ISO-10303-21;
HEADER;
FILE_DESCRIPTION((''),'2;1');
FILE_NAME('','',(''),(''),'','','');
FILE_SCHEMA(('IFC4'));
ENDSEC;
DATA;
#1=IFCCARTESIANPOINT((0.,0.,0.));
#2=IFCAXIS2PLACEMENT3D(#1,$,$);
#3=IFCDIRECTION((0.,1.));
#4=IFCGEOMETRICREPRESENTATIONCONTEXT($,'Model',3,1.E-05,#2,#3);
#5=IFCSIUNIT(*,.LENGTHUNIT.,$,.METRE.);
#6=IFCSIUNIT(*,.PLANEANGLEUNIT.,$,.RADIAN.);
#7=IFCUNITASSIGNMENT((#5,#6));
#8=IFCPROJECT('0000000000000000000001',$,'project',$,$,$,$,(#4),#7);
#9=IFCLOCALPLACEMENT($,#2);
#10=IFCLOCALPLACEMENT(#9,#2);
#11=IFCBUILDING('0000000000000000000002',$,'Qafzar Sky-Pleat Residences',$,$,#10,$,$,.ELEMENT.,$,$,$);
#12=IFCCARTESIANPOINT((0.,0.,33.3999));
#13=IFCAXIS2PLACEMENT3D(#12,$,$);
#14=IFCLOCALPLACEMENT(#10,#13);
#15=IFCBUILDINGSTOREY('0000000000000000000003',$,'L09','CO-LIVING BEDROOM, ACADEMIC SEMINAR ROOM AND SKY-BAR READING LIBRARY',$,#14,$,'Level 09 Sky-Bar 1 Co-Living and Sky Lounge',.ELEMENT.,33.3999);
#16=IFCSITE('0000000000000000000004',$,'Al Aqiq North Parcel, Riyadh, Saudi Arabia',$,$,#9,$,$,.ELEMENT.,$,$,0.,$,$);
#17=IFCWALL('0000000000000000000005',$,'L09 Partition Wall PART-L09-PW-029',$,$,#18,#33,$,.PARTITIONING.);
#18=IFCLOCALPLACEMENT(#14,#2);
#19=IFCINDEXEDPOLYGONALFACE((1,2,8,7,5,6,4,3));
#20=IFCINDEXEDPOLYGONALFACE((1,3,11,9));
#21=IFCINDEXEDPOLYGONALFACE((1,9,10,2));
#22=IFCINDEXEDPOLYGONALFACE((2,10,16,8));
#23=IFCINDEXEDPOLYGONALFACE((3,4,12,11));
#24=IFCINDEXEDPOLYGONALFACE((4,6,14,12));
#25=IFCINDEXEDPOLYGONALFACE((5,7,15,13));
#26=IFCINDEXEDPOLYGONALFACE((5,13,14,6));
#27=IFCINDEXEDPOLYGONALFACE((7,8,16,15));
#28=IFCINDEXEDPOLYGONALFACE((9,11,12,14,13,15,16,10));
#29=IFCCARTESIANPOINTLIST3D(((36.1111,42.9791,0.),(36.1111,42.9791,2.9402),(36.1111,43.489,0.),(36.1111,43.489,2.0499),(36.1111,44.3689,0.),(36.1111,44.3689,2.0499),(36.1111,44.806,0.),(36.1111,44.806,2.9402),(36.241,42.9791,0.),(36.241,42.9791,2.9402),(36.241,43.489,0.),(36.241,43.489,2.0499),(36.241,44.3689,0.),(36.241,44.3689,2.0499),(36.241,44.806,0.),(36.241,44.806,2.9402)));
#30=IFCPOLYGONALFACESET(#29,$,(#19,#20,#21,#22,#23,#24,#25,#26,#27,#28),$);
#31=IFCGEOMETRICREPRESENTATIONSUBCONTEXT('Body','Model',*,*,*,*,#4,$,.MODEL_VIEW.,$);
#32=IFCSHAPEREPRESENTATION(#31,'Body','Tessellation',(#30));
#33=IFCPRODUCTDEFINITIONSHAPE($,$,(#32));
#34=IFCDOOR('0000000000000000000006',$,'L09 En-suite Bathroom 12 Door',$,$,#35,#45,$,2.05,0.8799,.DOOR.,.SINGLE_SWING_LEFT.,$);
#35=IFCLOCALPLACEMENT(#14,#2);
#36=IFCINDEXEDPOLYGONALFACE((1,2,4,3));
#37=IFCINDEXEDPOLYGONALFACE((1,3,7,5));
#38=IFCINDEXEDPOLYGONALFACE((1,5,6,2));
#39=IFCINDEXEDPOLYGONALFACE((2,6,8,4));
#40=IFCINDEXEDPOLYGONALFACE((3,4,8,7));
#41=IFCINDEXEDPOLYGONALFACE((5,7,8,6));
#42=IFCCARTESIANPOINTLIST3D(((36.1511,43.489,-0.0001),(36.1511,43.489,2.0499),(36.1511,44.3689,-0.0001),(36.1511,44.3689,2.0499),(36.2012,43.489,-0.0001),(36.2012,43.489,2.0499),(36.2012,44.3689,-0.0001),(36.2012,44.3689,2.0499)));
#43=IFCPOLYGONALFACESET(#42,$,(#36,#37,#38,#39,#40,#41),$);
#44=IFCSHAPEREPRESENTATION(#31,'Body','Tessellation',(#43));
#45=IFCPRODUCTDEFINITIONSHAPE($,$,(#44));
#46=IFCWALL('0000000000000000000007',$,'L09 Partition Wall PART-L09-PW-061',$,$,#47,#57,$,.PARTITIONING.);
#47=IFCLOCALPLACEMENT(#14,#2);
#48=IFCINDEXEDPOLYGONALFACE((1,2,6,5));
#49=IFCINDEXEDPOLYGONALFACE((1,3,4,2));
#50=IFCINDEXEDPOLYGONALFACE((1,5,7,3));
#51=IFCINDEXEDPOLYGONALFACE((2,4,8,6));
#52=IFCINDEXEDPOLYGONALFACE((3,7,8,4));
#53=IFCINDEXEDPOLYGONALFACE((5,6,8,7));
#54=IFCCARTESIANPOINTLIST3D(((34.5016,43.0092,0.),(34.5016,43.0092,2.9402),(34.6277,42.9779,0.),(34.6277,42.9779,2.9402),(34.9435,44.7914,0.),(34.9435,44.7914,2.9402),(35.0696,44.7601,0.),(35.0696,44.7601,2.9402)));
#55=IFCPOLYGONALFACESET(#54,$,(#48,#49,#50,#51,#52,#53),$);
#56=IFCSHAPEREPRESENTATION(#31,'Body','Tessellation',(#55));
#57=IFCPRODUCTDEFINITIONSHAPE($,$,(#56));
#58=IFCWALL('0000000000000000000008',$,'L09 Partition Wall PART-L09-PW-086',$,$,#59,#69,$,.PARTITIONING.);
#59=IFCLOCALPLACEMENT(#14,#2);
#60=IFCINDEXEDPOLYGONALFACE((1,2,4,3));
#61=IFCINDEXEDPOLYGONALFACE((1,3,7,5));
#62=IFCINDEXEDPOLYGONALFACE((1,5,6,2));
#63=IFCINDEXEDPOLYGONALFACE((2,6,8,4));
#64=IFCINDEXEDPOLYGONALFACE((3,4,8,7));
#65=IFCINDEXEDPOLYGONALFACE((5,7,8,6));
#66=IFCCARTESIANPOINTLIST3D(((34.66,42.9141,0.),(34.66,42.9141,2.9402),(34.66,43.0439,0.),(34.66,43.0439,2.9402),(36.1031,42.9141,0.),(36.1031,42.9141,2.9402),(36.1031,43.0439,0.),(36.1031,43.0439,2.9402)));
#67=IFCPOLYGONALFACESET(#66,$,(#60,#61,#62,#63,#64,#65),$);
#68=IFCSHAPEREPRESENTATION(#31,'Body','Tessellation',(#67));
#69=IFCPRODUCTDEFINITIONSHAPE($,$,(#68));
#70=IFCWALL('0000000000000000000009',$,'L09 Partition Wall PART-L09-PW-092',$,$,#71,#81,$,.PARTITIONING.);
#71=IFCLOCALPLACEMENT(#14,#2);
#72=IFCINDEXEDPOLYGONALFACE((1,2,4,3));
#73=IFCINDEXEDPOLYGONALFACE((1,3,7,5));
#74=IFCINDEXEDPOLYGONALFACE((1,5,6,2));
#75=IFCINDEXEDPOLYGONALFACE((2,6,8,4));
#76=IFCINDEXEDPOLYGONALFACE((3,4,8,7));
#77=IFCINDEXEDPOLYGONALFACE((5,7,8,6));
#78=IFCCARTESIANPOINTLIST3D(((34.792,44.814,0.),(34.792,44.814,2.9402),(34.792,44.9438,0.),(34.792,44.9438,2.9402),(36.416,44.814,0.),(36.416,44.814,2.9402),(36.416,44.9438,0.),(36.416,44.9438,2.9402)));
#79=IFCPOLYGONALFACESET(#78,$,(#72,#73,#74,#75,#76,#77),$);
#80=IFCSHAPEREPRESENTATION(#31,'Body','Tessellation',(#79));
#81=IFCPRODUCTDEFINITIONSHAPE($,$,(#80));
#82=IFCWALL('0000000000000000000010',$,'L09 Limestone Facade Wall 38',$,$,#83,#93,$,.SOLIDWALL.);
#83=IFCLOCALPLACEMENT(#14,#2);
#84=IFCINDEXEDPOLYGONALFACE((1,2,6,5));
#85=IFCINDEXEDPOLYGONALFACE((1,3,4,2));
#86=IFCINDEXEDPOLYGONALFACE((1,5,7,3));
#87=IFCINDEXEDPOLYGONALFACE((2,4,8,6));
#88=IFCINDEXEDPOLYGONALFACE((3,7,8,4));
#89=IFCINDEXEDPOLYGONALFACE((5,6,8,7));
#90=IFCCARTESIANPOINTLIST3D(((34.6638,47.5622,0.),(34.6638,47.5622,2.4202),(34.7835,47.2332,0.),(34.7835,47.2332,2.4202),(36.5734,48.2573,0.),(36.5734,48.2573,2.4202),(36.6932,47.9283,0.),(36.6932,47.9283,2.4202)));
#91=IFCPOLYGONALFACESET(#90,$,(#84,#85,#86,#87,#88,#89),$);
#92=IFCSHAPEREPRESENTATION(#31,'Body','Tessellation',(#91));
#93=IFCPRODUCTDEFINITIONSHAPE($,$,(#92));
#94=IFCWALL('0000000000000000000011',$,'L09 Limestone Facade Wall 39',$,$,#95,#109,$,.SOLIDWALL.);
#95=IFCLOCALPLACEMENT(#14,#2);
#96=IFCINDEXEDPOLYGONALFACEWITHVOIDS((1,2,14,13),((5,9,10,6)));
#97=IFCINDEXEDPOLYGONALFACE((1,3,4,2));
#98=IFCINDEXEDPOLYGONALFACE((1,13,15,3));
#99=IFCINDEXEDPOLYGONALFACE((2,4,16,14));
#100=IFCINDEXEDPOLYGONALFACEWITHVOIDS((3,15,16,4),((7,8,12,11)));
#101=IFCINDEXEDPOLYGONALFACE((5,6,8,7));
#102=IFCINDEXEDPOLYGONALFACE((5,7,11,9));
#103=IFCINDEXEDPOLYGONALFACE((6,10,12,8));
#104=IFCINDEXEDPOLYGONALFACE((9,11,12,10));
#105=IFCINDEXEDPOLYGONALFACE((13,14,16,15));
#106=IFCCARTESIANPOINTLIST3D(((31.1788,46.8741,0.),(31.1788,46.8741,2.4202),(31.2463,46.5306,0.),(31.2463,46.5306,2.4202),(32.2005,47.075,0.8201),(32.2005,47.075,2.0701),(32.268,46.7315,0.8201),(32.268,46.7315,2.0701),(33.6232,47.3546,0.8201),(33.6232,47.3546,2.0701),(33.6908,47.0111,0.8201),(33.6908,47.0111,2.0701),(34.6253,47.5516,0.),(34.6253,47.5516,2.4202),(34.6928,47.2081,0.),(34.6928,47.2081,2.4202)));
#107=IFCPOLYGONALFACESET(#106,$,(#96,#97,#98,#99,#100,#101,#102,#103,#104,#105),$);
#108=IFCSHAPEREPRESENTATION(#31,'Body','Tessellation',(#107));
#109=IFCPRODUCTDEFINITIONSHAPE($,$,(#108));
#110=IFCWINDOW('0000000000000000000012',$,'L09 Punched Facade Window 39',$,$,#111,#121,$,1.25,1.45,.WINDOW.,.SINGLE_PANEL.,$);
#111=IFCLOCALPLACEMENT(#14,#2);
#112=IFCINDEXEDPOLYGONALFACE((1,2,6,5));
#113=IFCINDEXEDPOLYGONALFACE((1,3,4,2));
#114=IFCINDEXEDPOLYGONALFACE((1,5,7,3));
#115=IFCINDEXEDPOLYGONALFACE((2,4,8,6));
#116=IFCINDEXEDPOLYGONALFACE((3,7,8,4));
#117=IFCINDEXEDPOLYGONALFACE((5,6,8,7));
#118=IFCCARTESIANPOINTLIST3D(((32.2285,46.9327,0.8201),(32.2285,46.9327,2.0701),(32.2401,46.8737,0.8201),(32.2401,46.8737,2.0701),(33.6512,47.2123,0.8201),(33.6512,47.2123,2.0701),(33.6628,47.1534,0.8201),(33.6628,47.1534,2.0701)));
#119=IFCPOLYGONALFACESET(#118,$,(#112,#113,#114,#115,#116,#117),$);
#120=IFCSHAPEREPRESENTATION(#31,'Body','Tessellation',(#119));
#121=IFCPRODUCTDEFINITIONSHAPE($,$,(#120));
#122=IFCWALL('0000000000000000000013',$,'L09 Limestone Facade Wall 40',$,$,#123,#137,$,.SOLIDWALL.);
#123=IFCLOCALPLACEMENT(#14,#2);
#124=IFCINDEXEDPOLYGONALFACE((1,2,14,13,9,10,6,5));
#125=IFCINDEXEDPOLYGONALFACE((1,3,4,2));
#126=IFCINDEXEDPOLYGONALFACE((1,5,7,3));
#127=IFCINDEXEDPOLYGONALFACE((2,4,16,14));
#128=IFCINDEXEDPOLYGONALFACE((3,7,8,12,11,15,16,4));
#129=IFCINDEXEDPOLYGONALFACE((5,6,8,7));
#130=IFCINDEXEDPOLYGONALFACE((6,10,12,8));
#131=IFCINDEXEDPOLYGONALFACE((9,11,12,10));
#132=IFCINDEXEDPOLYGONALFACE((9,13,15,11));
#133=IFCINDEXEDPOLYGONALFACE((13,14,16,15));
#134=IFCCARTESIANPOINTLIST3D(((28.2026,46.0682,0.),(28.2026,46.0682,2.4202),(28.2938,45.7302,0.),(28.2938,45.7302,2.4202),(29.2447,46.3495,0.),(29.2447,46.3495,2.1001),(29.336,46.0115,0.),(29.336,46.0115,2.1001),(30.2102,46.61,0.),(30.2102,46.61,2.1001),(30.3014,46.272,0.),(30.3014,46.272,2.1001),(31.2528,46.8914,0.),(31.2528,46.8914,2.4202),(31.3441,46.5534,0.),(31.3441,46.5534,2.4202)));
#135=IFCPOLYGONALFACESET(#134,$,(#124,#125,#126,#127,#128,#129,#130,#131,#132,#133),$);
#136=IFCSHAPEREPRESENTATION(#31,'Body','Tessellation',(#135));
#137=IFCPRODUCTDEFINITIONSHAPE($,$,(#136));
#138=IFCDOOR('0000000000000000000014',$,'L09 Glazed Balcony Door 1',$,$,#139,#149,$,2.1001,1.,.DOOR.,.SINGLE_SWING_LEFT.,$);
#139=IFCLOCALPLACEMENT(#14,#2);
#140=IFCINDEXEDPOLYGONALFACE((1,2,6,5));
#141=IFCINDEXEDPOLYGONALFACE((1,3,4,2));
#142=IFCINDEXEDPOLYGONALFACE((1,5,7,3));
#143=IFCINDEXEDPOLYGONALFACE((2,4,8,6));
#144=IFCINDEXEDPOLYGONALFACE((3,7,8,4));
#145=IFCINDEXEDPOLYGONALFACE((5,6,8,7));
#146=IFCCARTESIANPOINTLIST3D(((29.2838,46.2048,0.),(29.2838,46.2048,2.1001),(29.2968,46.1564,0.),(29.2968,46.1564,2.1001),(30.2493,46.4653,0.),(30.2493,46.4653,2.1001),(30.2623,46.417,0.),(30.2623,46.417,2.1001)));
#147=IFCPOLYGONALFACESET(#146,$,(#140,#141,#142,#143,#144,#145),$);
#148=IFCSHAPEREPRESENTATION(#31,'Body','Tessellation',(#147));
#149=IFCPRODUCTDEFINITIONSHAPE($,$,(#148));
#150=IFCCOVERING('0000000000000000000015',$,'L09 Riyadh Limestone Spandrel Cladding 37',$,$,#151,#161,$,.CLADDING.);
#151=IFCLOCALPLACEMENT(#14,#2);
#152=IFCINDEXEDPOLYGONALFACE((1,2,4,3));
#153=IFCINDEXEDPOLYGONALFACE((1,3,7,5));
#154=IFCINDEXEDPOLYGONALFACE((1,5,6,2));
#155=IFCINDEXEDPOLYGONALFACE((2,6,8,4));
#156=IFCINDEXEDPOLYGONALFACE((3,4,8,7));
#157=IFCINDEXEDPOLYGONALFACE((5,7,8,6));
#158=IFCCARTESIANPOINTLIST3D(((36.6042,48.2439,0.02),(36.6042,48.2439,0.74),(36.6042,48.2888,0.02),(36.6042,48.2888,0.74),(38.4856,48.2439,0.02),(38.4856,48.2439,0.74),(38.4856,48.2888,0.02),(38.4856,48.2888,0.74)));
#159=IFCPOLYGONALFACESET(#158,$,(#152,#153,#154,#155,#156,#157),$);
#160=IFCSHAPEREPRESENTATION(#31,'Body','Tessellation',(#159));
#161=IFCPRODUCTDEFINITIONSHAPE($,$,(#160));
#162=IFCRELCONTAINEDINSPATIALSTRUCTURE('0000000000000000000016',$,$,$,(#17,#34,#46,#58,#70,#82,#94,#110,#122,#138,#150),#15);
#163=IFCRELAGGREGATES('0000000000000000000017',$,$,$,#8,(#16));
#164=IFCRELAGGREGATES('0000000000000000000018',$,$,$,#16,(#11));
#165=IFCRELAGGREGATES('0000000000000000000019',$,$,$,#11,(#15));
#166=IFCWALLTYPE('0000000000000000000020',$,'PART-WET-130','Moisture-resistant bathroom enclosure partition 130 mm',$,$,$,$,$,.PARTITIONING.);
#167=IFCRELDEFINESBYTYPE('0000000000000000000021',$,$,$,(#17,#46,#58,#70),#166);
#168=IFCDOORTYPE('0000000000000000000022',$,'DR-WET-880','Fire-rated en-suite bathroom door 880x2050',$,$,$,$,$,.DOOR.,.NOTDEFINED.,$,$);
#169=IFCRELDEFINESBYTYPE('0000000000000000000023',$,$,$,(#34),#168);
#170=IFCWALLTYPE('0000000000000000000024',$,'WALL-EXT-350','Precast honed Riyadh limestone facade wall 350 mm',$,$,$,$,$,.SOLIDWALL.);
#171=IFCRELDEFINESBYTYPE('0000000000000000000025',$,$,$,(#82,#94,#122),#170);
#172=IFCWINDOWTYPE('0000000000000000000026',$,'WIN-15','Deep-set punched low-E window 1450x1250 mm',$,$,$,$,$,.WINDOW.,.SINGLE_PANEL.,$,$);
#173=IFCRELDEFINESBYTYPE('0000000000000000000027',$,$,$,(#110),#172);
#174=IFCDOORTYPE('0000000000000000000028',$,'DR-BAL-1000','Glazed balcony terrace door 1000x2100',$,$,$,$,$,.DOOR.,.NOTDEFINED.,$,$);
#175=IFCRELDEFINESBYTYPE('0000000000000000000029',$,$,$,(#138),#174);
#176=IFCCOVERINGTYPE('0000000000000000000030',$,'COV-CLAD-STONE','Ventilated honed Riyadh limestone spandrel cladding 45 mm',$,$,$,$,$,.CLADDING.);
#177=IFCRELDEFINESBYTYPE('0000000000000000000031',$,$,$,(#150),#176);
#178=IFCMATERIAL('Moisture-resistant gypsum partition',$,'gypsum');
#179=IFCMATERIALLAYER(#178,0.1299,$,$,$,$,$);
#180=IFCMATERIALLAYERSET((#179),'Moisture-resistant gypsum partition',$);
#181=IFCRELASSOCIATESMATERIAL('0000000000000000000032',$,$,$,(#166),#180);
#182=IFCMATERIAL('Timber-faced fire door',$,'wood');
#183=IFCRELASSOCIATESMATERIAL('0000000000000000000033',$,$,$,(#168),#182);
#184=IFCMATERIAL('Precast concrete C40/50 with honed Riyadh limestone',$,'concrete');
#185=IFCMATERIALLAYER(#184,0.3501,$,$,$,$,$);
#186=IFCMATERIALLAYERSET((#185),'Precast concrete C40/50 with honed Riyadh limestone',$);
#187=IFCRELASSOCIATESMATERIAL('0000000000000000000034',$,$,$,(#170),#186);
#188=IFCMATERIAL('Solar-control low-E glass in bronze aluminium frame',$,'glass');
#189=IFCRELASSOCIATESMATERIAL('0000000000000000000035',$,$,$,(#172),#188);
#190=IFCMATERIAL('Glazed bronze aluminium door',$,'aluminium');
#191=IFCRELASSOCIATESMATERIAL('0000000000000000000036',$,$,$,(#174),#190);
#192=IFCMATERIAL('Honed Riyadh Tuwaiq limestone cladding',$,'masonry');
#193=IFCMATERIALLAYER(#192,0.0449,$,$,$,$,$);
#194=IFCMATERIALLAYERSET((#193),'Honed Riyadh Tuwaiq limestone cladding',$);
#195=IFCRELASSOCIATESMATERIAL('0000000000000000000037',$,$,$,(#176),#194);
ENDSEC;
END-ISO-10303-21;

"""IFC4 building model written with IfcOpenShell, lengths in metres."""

from ifc_helpers import new_model, si_unit, direction, frame, frame_2d, origin, origin_2d, place, context, subcontext, project, spatial, rectangle, extrude, source, transform, mapped, material, layer, layer_set, type_object, element, fill, save


model = new_model("IFC4")

# Units and contexts
model_context = context("Model", 3, precision=1e-05, world=origin(), true_north=direction((0.0, 1.0)))
body_context = subcontext(model_context, "Body", "Model", "MODEL_VIEW")
ifc_project = project(units=[si_unit("LENGTHUNIT", "METRE"), si_unit("PLANEANGLEUNIT", "RADIAN")], contexts=[model_context])

# Site, building, storey
site_placement = place(None, origin())
site = spatial("IfcSite", under=ifc_project, at=site_placement, Name="Al Aqiq North Parcel, Riyadh, Saudi Arabia", CompositionType="ELEMENT", RefElevation=0.0)
building_placement = place(site_placement, origin())
building = spatial("IfcBuilding", under=site, at=building_placement, Name="Qafzar Sky-Pleat Residences", CompositionType="ELEMENT")
storey_placement = place(building_placement, frame((0.0, 0.0, 33.3999)))
storey = spatial("IfcBuildingStorey", under=building, at=storey_placement, Name="L09", Description="CO-LIVING BEDROOM, ACADEMIC SEMINAR ROOM AND SKY-BAR READING LIBRARY", LongName="Level 09 Sky-Bar 1 Co-Living and Sky Lounge", CompositionType="ELEMENT", Elevation=33.3999)

# Wall, opening, door
ifc_material_1 = material(Name="Moisture-resistant gypsum partition", Category="gypsum")
ifc_layer_1 = layer(ifc_material_1, 0.1299)
ifc_layer_set_1 = layer_set([ifc_layer_1], Name="Moisture-resistant gypsum partition")
wall_type_1 = type_object("IfcWallType", Name="PART-WET-130", Description="Moisture-resistant bathroom enclosure partition 130 mm", PredefinedType="PARTITIONING", material=ifc_layer_set_1)
wall_1_placement = place(storey_placement, frame((36.176, 42.979, 0.0), z_axis=(0.0, 0.0, 1.0), x_axis=(0.0, 1.0, 0.0)))
wall_1 = element("IfcWall", 1, at=wall_1_placement, inside=storey, type_object=wall_type_1, Name="L09 Partition Wall PART-L09-PW-029", PredefinedType="PARTITIONING", context=body_context, shape_type="SweptSolid", body=[
    extrude(rectangle(XDim=1.8269, YDim=0.1299, at=frame_2d((0.9136, 0.0))), origin(), (0.0, 0.0, 1.0), 2.9402),
])
opening_1_placement = place(wall_1_placement, frame((0.51, 0.0, 0.0)))
opening_1 = element("IfcOpeningElement", 2, at=opening_1_placement, cuts=wall_1, PredefinedType="OPENING", context=body_context, shape_type="SweptSolid", body=[
    extrude(rectangle(XDim=0.8799, YDim=2.05, at=frame_2d((0.4399, 1.0249))), frame((0.0, 0.075, 0.0), z_axis=(0.0, -1.0, 0.0), x_axis=(1.0, 0.0, 0.0)), (0.0, 0.0, 1.0), 0.1499),
])
ifc_material_2 = material(Name="Timber-faced fire door", Category="wood")
door_type_1 = type_object("IfcDoorType", Name="DR-WET-880", Description="Fire-rated en-suite bathroom door 880x2050", OperationType="NOTDEFINED", PredefinedType="DOOR", material=ifc_material_2)
shared_shape_1 = source(origin(), body_context, "Body", "SweptSolid", [
    extrude(rectangle(XDim=0.8799, YDim=2.05, at=frame_2d((0.4399, 1.0249))), frame((0.0, 0.0249, 0.0), z_axis=(0.0, -1.0, 0.0), x_axis=(1.0, 0.0, 0.0)), (0.0, 0.0, 1.0), 0.05),
])
door_1_placement = place(opening_1_placement, origin())
door_1 = element("IfcDoor", 3, at=door_1_placement, inside=storey, type_object=door_type_1, Name="L09 En-suite Bathroom 12 Door", OperationType="SINGLE_SWING_LEFT", OverallHeight=2.05, OverallWidth=0.8799, PredefinedType="DOOR", context=body_context, shape_type="MappedRepresentation", body=[
    mapped(shared_shape_1, transform((0.0, 0.0, 0.0), x_axis=(1.0, 0.0, 0.0), y_axis=(0.0, 1.0, 0.0), z_axis=(0.0, 0.0, 1.0), scale=1.0)),
])
fill(opening_1, door_1)

# Walls
wall_2_placement = place(storey_placement, frame((34.5647, 42.9937, 0.0), z_axis=(0.0, 0.0, 1.0), x_axis=(0.240658, 0.97061, 0.0)))
element("IfcWall", 4, at=wall_2_placement, inside=storey, type_object=wall_type_1, Name="L09 Partition Wall PART-L09-PW-061", PredefinedType="PARTITIONING", context=body_context, shape_type="SweptSolid", body=[
    extrude(rectangle(XDim=1.8362, YDim=0.1299, at=frame_2d((0.918, 0.0))), origin(), (0.0, 0.0, 1.0), 2.9402),
])
wall_3_placement = place(storey_placement, frame((34.6599, 42.979, 0.0), z_axis=(0.0, 0.0, 1.0), x_axis=(1.0, 0.0, 0.0)))
element("IfcWall", 5, at=wall_3_placement, inside=storey, type_object=wall_type_1, Name="L09 Partition Wall PART-L09-PW-086", PredefinedType="PARTITIONING", context=body_context, shape_type="SweptSolid", body=[
    extrude(rectangle(XDim=1.4431, YDim=0.1299, at=frame_2d((0.7217, 0.0))), origin(), (0.0, 0.0, 1.0), 2.9402),
])
wall_4_placement = place(storey_placement, frame((34.792, 44.8789, 0.0), z_axis=(0.0, 0.0, 1.0), x_axis=(1.0, 0.0, 0.0)))
element("IfcWall", 6, at=wall_4_placement, inside=storey, type_object=wall_type_1, Name="L09 Partition Wall PART-L09-PW-092", PredefinedType="PARTITIONING", context=body_context, shape_type="SweptSolid", body=[
    extrude(rectangle(XDim=1.624, YDim=0.1299, at=frame_2d((0.812, 0.0))), origin(), (0.0, 0.0, 1.0), 2.9402),
])
ifc_material_3 = material(Name="Precast concrete C40/50 with honed Riyadh limestone", Category="concrete")
ifc_layer_2 = layer(ifc_material_3, 0.3501)
ifc_layer_set_2 = layer_set([ifc_layer_2], Name="Precast concrete C40/50 with honed Riyadh limestone")
wall_type_2 = type_object("IfcWallType", Name="WALL-EXT-350", Description="Precast honed Riyadh limestone facade wall 350 mm", PredefinedType="SOLIDWALL", material=ifc_layer_set_2)
wall_5_placement = place(storey_placement, frame((36.6333, 48.0928, 0.0), z_axis=(0.0, 0.0, 1.0), x_axis=(-0.939692, -0.342023, 0.0)))
element("IfcWall", 7, at=wall_5_placement, inside=storey, type_object=wall_type_2, Name="L09 Limestone Facade Wall 38", PredefinedType="SOLIDWALL", context=body_context, shape_type="SweptSolid", body=[
    extrude(rectangle(XDim=2.0322, YDim=0.3501, at=frame_2d((1.0161, 0.0))), origin(), (0.0, 0.0, 1.0), 2.4202),
])

# Wall, opening, window
wall_6_placement = place(storey_placement, frame((34.6592, 47.3799, 0.0), z_axis=(0.0, 0.0, 1.0), x_axis=(-0.981222, -0.19288, 0.0)))
wall_6 = element("IfcWall", 8, at=wall_6_placement, inside=storey, type_object=wall_type_2, Name="L09 Limestone Facade Wall 39", PredefinedType="SOLIDWALL", context=body_context, shape_type="SweptSolid", body=[
    extrude(rectangle(XDim=3.5125, YDim=0.3501, at=frame_2d((1.7563, 0.0))), origin(), (0.0, 0.0, 1.0), 2.4202),
])
opening_2_placement = place(wall_6_placement, frame((1.0212, 0.0, 0.8201)))
opening_2 = element("IfcOpeningElement", 9, at=opening_2_placement, cuts=wall_6, PredefinedType="OPENING", context=body_context, shape_type="SweptSolid", body=[
    extrude(rectangle(XDim=1.45, YDim=1.25, at=frame_2d((0.7251, 0.625))), frame((0.0, 0.1851, 0.0), z_axis=(0.0, -1.0, 0.0), x_axis=(1.0, 0.0, 0.0)), (0.0, 0.0, 1.0), 0.3701),
])
ifc_material_4 = material(Name="Solar-control low-E glass in bronze aluminium frame", Category="glass")
window_type = type_object("IfcWindowType", Name="WIN-15", Description="Deep-set punched low-E window 1450x1250 mm", PartitioningType="SINGLE_PANEL", PredefinedType="WINDOW", material=ifc_material_4)
shared_shape_2 = source(origin(), body_context, "Body", "SweptSolid", [
    extrude(rectangle(XDim=1.45, YDim=1.25, at=frame_2d((0.7251, 0.625))), frame((0.0, 0.03, 0.0), z_axis=(0.0, -1.0, 0.0), x_axis=(1.0, 0.0, 0.0)), (0.0, 0.0, 1.0), 0.0601),
])
window_placement = place(opening_2_placement, origin())
window = element("IfcWindow", 10, at=window_placement, inside=storey, type_object=window_type, Name="L09 Punched Facade Window 39", OverallHeight=1.25, OverallWidth=1.45, PartitioningType="SINGLE_PANEL", PredefinedType="WINDOW", context=body_context, shape_type="MappedRepresentation", body=[
    mapped(shared_shape_2, transform((0.0, 0.0, 0.0), x_axis=(1.0, 0.0, 0.0), y_axis=(0.0, 1.0, 0.0), z_axis=(0.0, 0.0, 1.0), scale=1.0)),
])
fill(opening_2, window)

# Wall, opening, door
wall_7_placement = place(storey_placement, frame((31.2983, 46.7224, 0.0), z_axis=(0.0, 0.0, 1.0), x_axis=(-0.965456, -0.260566, 0.0)))
wall_7 = element("IfcWall", 11, at=wall_7_placement, inside=storey, type_object=wall_type_2, Name="L09 Limestone Facade Wall 40", PredefinedType="SOLIDWALL", context=body_context, shape_type="SweptSolid", body=[
    extrude(rectangle(XDim=3.1594, YDim=0.3501, at=frame_2d((1.5796, 0.0))), origin(), (0.0, 0.0, 1.0), 2.4202),
])
opening_3_placement = place(wall_7_placement, frame((1.0798, 0.0, 0.0)))
opening_3 = element("IfcOpeningElement", 12, at=opening_3_placement, cuts=wall_7, PredefinedType="OPENING", context=body_context, shape_type="SweptSolid", body=[
    extrude(rectangle(XDim=1.0, YDim=2.1001, at=frame_2d((0.5, 1.05))), frame((0.0, 0.1851, 0.0), z_axis=(0.0, -1.0, 0.0), x_axis=(1.0, 0.0, 0.0)), (0.0, 0.0, 1.0), 0.3701),
])
ifc_material_5 = material(Name="Glazed bronze aluminium door", Category="aluminium")
door_type_2 = type_object("IfcDoorType", Name="DR-BAL-1000", Description="Glazed balcony terrace door 1000x2100", OperationType="NOTDEFINED", PredefinedType="DOOR", material=ifc_material_5)
shared_shape_3 = source(origin(), body_context, "Body", "SweptSolid", [
    extrude(rectangle(XDim=1.0, YDim=2.1001, at=frame_2d((0.5, 1.05))), frame((0.0, 0.0249, 0.0), z_axis=(0.0, -1.0, 0.0), x_axis=(1.0, 0.0, 0.0)), (0.0, 0.0, 1.0), 0.05),
])
door_2_placement = place(opening_3_placement, origin())
door_2 = element("IfcDoor", 13, at=door_2_placement, inside=storey, type_object=door_type_2, Name="L09 Glazed Balcony Door 1", OperationType="SINGLE_SWING_LEFT", OverallHeight=2.1001, OverallWidth=1.0, PredefinedType="DOOR", context=body_context, shape_type="MappedRepresentation", body=[
    mapped(shared_shape_3, transform((0.0, 0.0, 0.0), x_axis=(1.0, 0.0, 0.0), y_axis=(0.0, 1.0, 0.0), z_axis=(0.0, 0.0, 1.0), scale=1.0)),
])
fill(opening_3, door_2)

# Covering
ifc_material_6 = material(Name="Honed Riyadh Tuwaiq limestone cladding", Category="masonry")
ifc_layer_3 = layer(ifc_material_6, 0.0449)
ifc_layer_set_3 = layer_set([ifc_layer_3], Name="Honed Riyadh Tuwaiq limestone cladding")
covering_type = type_object("IfcCoveringType", Name="COV-CLAD-STONE", Description="Ventilated honed Riyadh limestone spandrel cladding 45 mm", PredefinedType="CLADDING", material=ifc_layer_set_3)
shared_shape_4 = source(origin(), body_context, "Body", "SweptSolid", [
    extrude(rectangle(XDim=1.8813, YDim=0.0449, at=origin_2d()), origin(), (0.0, 0.0, 1.0), 0.72),
])
covering_placement = place(storey_placement, frame((37.5449, 48.2664, 0.02), z_axis=(0.0, 0.0, 1.0), x_axis=(-1.0, 0.0, 0.0)))
element("IfcCovering", 14, at=covering_placement, inside=storey, type_object=covering_type, Name="L09 Riyadh Limestone Spandrel Cladding 37", PredefinedType="CLADDING", context=body_context, shape_type="MappedRepresentation", body=[
    mapped(shared_shape_4, transform((0.0, 0.0, 0.0), x_axis=(1.0, 0.0, 0.0), y_axis=(0.0, 1.0, 0.0), z_axis=(0.0, 0.0, 1.0), scale=1.0)),
])

save(model, "model.ifc")
